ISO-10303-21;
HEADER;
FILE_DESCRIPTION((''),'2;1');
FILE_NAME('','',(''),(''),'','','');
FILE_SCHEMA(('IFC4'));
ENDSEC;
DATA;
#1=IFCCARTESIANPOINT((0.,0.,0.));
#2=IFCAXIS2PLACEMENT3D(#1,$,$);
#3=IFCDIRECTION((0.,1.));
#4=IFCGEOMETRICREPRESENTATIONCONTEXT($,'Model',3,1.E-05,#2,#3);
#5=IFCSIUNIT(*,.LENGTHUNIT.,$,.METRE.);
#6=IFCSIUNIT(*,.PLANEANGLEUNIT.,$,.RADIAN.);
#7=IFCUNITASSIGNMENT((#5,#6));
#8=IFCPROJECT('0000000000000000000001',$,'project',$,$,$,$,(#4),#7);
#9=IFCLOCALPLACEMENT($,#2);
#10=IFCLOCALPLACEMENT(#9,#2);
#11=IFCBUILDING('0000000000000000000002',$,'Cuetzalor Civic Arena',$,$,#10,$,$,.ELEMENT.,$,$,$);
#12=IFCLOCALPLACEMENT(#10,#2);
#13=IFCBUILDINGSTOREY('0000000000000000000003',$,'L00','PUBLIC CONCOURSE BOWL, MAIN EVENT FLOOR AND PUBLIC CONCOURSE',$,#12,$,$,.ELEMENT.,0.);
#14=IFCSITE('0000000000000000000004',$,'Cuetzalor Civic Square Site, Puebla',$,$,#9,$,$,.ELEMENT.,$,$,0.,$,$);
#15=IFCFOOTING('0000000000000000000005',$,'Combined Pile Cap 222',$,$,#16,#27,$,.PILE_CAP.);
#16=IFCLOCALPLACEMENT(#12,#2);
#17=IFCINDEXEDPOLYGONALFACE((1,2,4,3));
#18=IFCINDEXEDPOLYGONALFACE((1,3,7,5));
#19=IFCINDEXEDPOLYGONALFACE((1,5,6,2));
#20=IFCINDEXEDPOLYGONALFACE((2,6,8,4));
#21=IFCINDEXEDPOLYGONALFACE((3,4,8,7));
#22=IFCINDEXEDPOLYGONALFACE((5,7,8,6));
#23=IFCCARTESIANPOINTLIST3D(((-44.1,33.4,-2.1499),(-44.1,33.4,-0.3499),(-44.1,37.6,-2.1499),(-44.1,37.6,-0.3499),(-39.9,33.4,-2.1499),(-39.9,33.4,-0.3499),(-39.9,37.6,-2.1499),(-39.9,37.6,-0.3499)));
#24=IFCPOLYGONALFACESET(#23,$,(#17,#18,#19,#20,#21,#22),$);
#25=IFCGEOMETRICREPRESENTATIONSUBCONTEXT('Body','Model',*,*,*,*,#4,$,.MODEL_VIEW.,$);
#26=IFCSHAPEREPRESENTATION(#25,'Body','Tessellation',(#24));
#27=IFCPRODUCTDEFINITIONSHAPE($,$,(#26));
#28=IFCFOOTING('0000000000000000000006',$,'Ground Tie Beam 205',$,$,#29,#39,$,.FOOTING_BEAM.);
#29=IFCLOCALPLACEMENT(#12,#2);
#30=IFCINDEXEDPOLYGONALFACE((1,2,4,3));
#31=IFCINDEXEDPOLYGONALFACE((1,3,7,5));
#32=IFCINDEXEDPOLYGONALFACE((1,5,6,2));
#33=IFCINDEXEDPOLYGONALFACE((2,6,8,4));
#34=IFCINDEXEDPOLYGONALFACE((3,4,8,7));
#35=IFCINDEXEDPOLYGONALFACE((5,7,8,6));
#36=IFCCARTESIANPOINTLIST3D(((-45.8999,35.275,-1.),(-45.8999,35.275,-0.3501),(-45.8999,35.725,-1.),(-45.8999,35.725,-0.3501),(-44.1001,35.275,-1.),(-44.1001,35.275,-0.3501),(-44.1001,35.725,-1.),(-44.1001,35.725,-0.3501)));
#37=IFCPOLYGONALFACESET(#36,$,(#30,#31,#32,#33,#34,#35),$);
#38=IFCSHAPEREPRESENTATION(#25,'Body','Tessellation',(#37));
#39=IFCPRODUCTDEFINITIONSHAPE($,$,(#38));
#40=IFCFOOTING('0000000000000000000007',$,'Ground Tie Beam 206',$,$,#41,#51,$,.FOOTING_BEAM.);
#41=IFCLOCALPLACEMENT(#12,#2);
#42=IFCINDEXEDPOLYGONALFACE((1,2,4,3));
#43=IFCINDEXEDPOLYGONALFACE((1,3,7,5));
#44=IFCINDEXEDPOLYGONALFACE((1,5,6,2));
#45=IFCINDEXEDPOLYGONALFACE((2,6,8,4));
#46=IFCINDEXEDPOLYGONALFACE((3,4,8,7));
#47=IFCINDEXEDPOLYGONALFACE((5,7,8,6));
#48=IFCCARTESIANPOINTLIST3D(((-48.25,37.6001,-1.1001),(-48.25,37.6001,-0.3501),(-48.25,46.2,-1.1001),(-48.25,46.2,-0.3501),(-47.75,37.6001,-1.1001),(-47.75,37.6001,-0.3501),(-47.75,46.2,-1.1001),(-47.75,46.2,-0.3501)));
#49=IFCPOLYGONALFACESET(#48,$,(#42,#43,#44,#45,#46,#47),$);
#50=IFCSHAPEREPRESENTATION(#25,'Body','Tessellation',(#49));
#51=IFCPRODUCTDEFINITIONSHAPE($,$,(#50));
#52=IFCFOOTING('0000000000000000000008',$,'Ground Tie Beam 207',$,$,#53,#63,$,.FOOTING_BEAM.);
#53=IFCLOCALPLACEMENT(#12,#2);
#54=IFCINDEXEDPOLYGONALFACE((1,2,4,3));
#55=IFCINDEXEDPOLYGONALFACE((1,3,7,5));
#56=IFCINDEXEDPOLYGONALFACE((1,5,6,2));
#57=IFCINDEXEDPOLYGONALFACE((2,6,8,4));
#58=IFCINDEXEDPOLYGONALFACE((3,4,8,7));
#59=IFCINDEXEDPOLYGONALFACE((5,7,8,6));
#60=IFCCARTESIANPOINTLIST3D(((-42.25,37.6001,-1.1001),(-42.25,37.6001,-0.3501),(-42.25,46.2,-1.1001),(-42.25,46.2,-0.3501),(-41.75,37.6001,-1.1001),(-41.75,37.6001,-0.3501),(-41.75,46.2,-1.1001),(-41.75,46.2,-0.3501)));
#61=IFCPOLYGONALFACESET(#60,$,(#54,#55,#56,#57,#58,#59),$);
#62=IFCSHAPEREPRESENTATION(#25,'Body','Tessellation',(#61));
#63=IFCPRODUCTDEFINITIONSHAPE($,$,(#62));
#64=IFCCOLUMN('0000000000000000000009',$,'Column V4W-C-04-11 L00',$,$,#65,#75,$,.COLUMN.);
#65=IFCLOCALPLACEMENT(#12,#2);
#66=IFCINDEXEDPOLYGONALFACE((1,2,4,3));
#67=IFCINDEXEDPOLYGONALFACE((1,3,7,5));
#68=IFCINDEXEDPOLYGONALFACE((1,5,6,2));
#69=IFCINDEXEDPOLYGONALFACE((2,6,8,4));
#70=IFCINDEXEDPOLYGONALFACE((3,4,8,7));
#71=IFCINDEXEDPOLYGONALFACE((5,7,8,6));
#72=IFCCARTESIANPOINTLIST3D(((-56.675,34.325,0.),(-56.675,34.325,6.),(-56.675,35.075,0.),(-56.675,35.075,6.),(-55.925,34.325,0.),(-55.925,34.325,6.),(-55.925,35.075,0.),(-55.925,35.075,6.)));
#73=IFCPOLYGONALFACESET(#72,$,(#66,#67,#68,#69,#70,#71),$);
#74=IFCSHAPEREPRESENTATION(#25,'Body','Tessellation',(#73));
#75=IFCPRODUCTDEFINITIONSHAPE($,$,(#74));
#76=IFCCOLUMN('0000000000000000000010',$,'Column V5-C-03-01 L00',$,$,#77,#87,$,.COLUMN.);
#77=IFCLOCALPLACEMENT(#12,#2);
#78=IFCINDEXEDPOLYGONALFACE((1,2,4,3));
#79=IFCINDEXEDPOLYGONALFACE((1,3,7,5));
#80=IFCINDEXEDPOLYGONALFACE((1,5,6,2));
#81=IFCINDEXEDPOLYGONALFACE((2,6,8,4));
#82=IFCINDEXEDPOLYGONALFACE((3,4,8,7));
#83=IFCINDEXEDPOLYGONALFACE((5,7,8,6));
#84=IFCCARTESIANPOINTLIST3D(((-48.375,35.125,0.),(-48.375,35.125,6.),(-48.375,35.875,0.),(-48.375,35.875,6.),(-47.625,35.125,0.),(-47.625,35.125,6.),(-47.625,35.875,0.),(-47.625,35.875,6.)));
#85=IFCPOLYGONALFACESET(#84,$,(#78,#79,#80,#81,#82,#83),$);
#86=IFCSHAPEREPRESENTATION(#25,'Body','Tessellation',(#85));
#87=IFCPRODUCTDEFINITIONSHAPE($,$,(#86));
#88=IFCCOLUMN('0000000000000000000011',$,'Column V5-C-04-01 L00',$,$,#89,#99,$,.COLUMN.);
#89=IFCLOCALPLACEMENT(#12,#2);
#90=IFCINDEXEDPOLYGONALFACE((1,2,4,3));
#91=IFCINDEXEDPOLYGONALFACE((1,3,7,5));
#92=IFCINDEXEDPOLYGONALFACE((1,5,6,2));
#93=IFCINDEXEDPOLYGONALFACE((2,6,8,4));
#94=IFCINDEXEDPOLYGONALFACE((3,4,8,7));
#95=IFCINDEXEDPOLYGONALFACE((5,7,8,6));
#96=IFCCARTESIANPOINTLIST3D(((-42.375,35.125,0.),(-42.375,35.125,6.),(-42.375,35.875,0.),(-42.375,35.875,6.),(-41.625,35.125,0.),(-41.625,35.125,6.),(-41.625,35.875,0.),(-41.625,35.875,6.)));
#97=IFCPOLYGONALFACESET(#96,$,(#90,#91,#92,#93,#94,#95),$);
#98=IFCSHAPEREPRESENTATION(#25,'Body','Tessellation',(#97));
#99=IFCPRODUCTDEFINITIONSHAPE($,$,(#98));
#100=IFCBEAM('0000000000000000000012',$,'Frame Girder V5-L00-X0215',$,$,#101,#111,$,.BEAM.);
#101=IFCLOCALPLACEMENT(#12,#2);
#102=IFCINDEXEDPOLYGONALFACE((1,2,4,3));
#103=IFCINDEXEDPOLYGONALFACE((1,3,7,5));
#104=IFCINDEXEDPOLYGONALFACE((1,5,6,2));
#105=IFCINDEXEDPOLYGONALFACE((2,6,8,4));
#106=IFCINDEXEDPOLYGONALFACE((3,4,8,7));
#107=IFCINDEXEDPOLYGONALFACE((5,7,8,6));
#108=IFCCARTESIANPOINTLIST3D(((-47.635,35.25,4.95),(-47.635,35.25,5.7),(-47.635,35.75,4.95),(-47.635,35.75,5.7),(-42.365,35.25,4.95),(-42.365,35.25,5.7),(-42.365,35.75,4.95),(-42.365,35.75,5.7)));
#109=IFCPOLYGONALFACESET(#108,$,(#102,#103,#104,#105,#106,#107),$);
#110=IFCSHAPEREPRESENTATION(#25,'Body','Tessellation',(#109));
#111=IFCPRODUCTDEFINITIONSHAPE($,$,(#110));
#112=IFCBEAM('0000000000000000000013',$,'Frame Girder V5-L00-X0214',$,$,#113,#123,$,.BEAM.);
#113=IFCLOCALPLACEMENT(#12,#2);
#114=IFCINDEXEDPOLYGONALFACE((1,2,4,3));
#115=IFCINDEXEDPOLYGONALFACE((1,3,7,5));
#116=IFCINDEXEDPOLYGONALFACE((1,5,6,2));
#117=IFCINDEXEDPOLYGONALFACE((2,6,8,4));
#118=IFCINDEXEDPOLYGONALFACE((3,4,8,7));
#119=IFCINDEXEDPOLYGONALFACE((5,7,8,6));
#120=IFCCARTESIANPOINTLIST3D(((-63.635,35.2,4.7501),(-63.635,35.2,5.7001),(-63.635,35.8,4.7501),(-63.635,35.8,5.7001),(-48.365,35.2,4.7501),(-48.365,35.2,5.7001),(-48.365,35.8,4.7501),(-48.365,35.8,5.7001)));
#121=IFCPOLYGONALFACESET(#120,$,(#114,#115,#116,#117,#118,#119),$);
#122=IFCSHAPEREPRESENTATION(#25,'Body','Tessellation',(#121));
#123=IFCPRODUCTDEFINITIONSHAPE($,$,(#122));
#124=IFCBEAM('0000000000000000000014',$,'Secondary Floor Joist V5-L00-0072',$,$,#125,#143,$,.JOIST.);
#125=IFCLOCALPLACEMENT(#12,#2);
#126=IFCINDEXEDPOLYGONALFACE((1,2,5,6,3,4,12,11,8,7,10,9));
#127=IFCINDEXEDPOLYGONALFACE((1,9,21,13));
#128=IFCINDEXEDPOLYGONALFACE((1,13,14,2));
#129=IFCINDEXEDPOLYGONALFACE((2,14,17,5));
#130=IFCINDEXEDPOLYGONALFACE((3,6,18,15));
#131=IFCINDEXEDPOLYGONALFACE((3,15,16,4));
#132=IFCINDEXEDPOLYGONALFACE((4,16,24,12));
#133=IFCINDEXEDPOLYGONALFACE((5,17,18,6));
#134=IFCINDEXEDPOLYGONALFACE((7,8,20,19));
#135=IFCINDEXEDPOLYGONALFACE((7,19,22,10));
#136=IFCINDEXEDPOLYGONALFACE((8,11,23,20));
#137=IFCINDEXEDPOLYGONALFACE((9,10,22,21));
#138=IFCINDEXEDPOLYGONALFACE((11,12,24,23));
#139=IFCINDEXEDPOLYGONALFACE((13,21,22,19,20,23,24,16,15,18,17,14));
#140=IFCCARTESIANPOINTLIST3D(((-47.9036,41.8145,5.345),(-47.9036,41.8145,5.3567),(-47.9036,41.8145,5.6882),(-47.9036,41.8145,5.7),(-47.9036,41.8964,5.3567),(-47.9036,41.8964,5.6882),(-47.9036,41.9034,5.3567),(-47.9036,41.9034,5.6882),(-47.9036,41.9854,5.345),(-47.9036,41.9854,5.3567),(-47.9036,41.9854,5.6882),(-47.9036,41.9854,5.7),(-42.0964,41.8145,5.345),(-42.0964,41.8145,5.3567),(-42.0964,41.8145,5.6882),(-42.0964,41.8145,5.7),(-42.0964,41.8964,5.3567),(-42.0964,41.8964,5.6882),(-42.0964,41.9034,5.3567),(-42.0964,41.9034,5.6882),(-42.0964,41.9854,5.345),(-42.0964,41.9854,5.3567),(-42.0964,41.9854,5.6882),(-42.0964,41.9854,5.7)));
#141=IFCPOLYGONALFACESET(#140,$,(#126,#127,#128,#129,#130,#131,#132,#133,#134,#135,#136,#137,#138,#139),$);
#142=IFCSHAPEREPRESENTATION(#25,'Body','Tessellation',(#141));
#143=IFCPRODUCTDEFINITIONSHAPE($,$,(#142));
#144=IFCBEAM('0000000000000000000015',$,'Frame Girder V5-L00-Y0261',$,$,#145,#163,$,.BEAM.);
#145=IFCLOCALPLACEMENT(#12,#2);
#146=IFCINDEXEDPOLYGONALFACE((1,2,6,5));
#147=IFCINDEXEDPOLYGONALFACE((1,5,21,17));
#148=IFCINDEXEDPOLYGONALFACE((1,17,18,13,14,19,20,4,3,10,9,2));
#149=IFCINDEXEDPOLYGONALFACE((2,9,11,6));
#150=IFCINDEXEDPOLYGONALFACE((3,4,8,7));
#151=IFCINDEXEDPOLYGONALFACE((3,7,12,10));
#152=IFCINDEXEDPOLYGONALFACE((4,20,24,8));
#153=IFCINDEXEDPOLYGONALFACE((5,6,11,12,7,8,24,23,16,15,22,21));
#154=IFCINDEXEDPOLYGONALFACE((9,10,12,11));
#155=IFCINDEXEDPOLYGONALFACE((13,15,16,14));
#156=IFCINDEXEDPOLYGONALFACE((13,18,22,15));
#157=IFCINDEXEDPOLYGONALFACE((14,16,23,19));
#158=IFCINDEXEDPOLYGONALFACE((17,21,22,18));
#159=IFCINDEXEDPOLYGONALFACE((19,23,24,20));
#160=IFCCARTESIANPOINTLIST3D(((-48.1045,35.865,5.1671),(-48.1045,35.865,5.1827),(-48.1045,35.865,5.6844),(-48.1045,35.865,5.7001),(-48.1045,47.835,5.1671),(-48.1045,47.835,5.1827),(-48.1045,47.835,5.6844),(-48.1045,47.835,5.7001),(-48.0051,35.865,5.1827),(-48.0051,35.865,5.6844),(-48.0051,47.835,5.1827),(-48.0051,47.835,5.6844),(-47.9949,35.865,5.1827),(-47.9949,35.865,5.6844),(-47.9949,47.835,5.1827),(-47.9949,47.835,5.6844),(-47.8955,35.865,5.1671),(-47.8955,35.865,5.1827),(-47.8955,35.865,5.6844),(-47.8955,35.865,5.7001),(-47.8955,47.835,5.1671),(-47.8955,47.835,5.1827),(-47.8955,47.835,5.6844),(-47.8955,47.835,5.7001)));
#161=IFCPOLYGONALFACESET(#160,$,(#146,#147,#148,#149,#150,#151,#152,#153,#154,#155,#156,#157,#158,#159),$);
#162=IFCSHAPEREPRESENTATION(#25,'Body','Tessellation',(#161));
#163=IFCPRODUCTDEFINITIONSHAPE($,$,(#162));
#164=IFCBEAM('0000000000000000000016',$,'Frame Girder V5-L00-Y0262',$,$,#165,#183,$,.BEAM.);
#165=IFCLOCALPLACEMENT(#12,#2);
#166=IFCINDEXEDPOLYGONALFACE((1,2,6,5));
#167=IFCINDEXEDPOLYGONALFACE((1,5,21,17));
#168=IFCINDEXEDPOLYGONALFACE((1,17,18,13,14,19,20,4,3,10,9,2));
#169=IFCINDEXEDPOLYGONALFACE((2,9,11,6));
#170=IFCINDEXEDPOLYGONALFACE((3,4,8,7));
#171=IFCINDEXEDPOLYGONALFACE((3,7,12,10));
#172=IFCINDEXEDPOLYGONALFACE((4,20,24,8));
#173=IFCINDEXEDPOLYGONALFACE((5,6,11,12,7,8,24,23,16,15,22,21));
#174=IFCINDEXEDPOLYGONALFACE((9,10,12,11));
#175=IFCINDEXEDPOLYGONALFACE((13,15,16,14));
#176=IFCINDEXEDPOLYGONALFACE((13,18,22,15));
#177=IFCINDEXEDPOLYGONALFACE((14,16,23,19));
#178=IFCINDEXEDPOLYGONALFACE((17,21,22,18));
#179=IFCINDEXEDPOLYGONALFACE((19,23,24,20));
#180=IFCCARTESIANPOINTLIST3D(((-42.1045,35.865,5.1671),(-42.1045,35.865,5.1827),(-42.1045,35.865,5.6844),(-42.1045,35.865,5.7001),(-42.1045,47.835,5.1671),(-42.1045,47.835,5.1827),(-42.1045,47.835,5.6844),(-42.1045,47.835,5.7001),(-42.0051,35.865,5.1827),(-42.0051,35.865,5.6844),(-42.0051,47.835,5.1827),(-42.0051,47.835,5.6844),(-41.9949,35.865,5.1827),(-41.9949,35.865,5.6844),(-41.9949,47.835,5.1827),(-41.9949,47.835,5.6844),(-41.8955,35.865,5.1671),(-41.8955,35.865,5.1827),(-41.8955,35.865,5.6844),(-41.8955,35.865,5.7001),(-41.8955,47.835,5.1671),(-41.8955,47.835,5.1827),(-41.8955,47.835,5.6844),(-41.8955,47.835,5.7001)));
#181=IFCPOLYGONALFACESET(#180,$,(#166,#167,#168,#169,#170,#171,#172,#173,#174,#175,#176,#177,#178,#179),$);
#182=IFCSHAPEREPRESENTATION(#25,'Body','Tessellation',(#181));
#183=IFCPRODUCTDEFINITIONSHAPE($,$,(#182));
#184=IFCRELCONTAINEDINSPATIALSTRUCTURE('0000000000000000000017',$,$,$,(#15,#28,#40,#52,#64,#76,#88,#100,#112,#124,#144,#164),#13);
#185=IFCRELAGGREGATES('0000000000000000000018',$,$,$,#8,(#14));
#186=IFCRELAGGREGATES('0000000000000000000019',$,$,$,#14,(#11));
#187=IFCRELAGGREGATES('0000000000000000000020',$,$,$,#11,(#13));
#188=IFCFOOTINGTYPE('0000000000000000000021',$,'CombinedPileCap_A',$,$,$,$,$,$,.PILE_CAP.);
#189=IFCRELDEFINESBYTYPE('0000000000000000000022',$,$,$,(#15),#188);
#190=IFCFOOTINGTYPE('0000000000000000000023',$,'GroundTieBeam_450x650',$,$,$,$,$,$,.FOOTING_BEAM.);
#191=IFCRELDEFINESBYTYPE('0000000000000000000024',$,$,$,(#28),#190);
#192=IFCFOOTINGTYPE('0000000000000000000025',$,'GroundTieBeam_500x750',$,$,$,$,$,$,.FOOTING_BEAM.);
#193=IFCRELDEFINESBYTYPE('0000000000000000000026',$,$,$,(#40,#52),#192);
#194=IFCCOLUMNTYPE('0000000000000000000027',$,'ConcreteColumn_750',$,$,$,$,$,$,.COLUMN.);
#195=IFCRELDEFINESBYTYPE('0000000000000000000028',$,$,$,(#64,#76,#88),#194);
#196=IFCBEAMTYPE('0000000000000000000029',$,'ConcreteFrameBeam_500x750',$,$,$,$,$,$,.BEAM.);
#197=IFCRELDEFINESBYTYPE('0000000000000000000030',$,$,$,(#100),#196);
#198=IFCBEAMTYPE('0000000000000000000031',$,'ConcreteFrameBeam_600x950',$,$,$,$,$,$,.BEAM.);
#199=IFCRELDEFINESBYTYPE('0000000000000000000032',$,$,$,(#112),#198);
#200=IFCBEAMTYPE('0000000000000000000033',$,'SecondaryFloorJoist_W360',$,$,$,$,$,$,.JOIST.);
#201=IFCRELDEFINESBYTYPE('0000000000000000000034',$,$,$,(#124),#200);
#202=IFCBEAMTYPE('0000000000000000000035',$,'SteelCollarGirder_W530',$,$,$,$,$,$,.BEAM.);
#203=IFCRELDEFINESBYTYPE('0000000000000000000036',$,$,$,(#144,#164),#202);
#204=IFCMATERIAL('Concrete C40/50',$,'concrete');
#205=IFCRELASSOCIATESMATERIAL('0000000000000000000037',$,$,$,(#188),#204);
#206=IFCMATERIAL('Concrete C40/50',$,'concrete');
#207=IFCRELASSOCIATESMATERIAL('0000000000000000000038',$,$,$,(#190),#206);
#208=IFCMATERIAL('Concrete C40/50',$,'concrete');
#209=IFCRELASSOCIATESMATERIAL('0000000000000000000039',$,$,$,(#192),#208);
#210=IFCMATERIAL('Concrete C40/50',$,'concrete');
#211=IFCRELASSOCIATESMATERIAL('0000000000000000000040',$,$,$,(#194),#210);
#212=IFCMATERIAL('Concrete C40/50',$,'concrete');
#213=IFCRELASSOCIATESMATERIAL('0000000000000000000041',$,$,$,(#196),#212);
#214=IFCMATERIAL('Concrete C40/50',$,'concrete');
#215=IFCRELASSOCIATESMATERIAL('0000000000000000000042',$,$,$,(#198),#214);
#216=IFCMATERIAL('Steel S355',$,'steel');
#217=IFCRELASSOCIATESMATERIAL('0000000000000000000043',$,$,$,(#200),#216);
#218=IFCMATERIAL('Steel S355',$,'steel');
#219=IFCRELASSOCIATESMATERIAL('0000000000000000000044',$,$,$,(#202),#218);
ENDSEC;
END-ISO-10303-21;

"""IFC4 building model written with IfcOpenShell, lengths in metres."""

from ifc_helpers import new_model, si_unit, direction, frame, origin, origin_2d, place, context, subcontext, project, spatial, rectangle, i_section, extrude, material, material_profile, profile_set, type_object, element, save


model = new_model("IFC4")

# Units and contexts
model_context = context("Model", 3, precision=1e-05, world=origin(), true_north=direction((0.0, 1.0)))
body_context = subcontext(model_context, "Body", "Model", "MODEL_VIEW")
ifc_project = project(units=[si_unit("LENGTHUNIT", "METRE"), si_unit("PLANEANGLEUNIT", "RADIAN")], contexts=[model_context])

# Site, building, storey
site_placement = place(None, origin())
site = spatial("IfcSite", under=ifc_project, at=site_placement, Name="Cuetzalor Civic Square Site, Puebla", CompositionType="ELEMENT", RefElevation=0.0)
building_placement = place(site_placement, origin())
building = spatial("IfcBuilding", under=site, at=building_placement, Name="Cuetzalor Civic Arena", CompositionType="ELEMENT")
storey_placement = place(building_placement, origin())
storey = spatial("IfcBuildingStorey", under=building, at=storey_placement, Name="L00", Description="PUBLIC CONCOURSE BOWL, MAIN EVENT FLOOR AND PUBLIC CONCOURSE", CompositionType="ELEMENT", Elevation=0.0)

# Footings
ifc_material_1 = material(Name="Concrete C40/50", Category="concrete")
footing_type_1 = type_object("IfcFootingType", Name="CombinedPileCap_A", PredefinedType="PILE_CAP", material=ifc_material_1)
for number, where, z_axis, x_axis, name in (
    (1, (-42.0, 35.5, -2.1499), (0.0, 0.0, 1.0), (1.0, 0.0, 0.0), "Combined Pile Cap 222"),
):
    element("IfcFooting", number, at=place(storey_placement, frame(where, z_axis=z_axis, x_axis=x_axis)), inside=storey, type_object=footing_type_1, Name=name, PredefinedType="PILE_CAP", context=body_context, shape_type="SweptSolid", body=[
        extrude(rectangle(XDim=4.2, YDim=4.2, at=origin_2d()), origin(), (0.0, 0.0, 1.0), 1.8),
    ])
ifc_material_2 = material(Name="Concrete C40/50", Category="concrete")
ifc_material_profile_1 = material_profile(ifc_material_2, rectangle(XDim=0.45, YDim=0.6499, at=origin_2d()), Name="RC 450x650")
ifc_profile_set_1 = profile_set([ifc_material_profile_1], Name="Concrete C40/50")
footing_type_2 = type_object("IfcFootingType", Name="GroundTieBeam_450x650", PredefinedType="FOOTING_BEAM", material=ifc_profile_set_1)
footing_placement = place(storey_placement, frame((-45.8999, 35.5, -0.675), z_axis=(1.0, 0.0, 0.0), x_axis=(0.0, 1.0, 0.0)))
element("IfcFooting", 2, at=footing_placement, inside=storey, type_object=footing_type_2, Name="Ground Tie Beam 205", PredefinedType="FOOTING_BEAM", context=body_context, shape_type="SweptSolid", body=[
    extrude(rectangle(XDim=0.45, YDim=0.6499, at=origin_2d()), origin(), (0.0, 0.0, 1.0), 1.7998),
])
ifc_material_3 = material(Name="Concrete C40/50", Category="concrete")
ifc_material_profile_2 = material_profile(ifc_material_3, rectangle(XDim=0.5, YDim=0.75, at=origin_2d()), Name="RC 500x750")
ifc_profile_set_2 = profile_set([ifc_material_profile_2], Name="Concrete C40/50")
footing_type_3 = type_object("IfcFootingType", Name="GroundTieBeam_500x750", PredefinedType="FOOTING_BEAM", material=ifc_profile_set_2)
for number, where, z_axis, x_axis, name in (
    (3, (-48.0, 37.6001, -0.7251), (0.0, 1.0, 0.0), (-1.0, 0.0, 0.0), "Ground Tie Beam 206"),
    (4, (-42.0, 37.6001, -0.7251), (0.0, 1.0, 0.0), (-1.0, 0.0, 0.0), "Ground Tie Beam 207"),
):
    element("IfcFooting", number, at=place(storey_placement, frame(where, z_axis=z_axis, x_axis=x_axis)), inside=storey, type_object=footing_type_3, Name=name, PredefinedType="FOOTING_BEAM", context=body_context, shape_type="SweptSolid", body=[
        extrude(rectangle(XDim=0.5, YDim=0.75, at=origin_2d()), origin(), (0.0, 0.0, 1.0), 8.5999),
    ])

# Columns
ifc_material_4 = material(Name="Concrete C40/50", Category="concrete")
ifc_material_profile_3 = material_profile(ifc_material_4, rectangle(XDim=0.75, YDim=0.75, at=origin_2d()), Name="RC 750x750")
ifc_profile_set_3 = profile_set([ifc_material_profile_3], Name="Concrete C40/50")
column_type = type_object("IfcColumnType", Name="ConcreteColumn_750", PredefinedType="COLUMN", material=ifc_profile_set_3)
for number, where, z_axis, x_axis, name in (
    (5, (-56.3, 34.7, 0.0), (0.0, 0.0, 1.0), (1.0, 0.0, 0.0), "Column V4W-C-04-11 L00"),
    (6, (-48.0, 35.5, 0.0), (0.0, 0.0, 1.0), (1.0, 0.0, 0.0), "Column V5-C-03-01 L00"),
    (7, (-42.0, 35.5, 0.0), (0.0, 0.0, 1.0), (1.0, 0.0, 0.0), "Column V5-C-04-01 L00"),
):
    element("IfcColumn", number, at=place(storey_placement, frame(where, z_axis=z_axis, x_axis=x_axis)), inside=storey, type_object=column_type, Name=name, PredefinedType="COLUMN", context=body_context, shape_type="SweptSolid", body=[
        extrude(rectangle(XDim=0.75, YDim=0.75, at=origin_2d()), origin(), (0.0, 0.0, 1.0), 6.0),
    ])

# Beams
ifc_material_5 = material(Name="Concrete C40/50", Category="concrete")
ifc_material_profile_4 = material_profile(ifc_material_5, rectangle(XDim=0.5, YDim=0.75, at=origin_2d()), Name="RC 500x750")
ifc_profile_set_4 = profile_set([ifc_material_profile_4], Name="Concrete C40/50")
beam_type_1 = type_object("IfcBeamType", Name="ConcreteFrameBeam_500x750", PredefinedType="BEAM", material=ifc_profile_set_4)
beam_1_placement = place(storey_placement, frame((-47.635, 35.5, 5.325), z_axis=(1.0, 0.0, 0.0), x_axis=(0.0, 1.0, 0.0)))
element("IfcBeam", 8, at=beam_1_placement, inside=storey, type_object=beam_type_1, Name="Frame Girder V5-L00-X0215", PredefinedType="BEAM", context=body_context, shape_type="SweptSolid", body=[
    extrude(rectangle(XDim=0.5, YDim=0.75, at=origin_2d()), origin(), (0.0, 0.0, 1.0), 5.27),
])
ifc_material_6 = material(Name="Concrete C40/50", Category="concrete")
ifc_material_profile_5 = material_profile(ifc_material_6, rectangle(XDim=0.6001, YDim=0.95, at=origin_2d()), Name="RC 600x950")
ifc_profile_set_5 = profile_set([ifc_material_profile_5], Name="Concrete C40/50")
beam_type_2 = type_object("IfcBeamType", Name="ConcreteFrameBeam_600x950", PredefinedType="BEAM", material=ifc_profile_set_5)
beam_2_placement = place(storey_placement, frame((-63.635, 35.5, 5.2251), z_axis=(1.0, 0.0, 0.0), x_axis=(0.0, 1.0, 0.0)))
element("IfcBeam", 9, at=beam_2_placement, inside=storey, type_object=beam_type_2, Name="Frame Girder V5-L00-X0214", PredefinedType="BEAM", context=body_context, shape_type="SweptSolid", body=[
    extrude(rectangle(XDim=0.6001, YDim=0.95, at=origin_2d()), origin(), (0.0, 0.0, 1.0), 15.27),
])
ifc_material_7 = material(Name="Steel S355", Category="steel")
ifc_material_profile_6 = material_profile(ifc_material_7, i_section(OverallWidth=0.1709, OverallDepth=0.355, WebThickness=0.0071, FlangeThickness=0.0117, at=origin_2d()), Name="W360x51")
ifc_profile_set_6 = profile_set([ifc_material_profile_6], Name="Steel S355")
beam_type_3 = type_object("IfcBeamType", Name="SecondaryFloorJoist_W360", PredefinedType="JOIST", material=ifc_profile_set_6)
beam_3_placement = place(storey_placement, frame((-47.9036, 41.8999, 5.5225), z_axis=(1.0, 0.0, 0.0), x_axis=(0.0, 1.0, 0.0)))
element("IfcBeam", 10, at=beam_3_placement, inside=storey, type_object=beam_type_3, Name="Secondary Floor Joist V5-L00-0072", PredefinedType="JOIST", context=body_context, shape_type="SweptSolid", body=[
    extrude(i_section(OverallWidth=0.1709, OverallDepth=0.355, WebThickness=0.0071, FlangeThickness=0.0117, at=origin_2d()), origin(), (0.0, 0.0, 1.0), 5.8071),
])
ifc_material_8 = material(Name="Steel S355", Category="steel")
ifc_material_profile_7 = material_profile(ifc_material_8, i_section(OverallWidth=0.209, OverallDepth=0.533, WebThickness=0.0103, FlangeThickness=0.0156, at=origin_2d()), Name="W530x92")
ifc_profile_set_7 = profile_set([ifc_material_profile_7], Name="Steel S355")
beam_type_4 = type_object("IfcBeamType", Name="SteelCollarGirder_W530", PredefinedType="BEAM", material=ifc_profile_set_7)
for number, where, z_axis, x_axis, name in (
    (11, (-48.0, 35.865, 5.4336), (0.0, 1.0, 0.0), (-1.0, 0.0, 0.0), "Frame Girder V5-L00-Y0261"),
    (12, (-42.0, 35.865, 5.4336), (0.0, 1.0, 0.0), (-1.0, 0.0, 0.0), "Frame Girder V5-L00-Y0262"),
):
    element("IfcBeam", number, at=place(storey_placement, frame(where, z_axis=z_axis, x_axis=x_axis)), inside=storey, type_object=beam_type_4, Name=name, PredefinedType="BEAM", context=body_context, shape_type="SweptSolid", body=[
        extrude(i_section(OverallWidth=0.209, OverallDepth=0.533, WebThickness=0.0103, FlangeThickness=0.0156, at=origin_2d()), origin(), (0.0, 0.0, 1.0), 11.97),
    ])

save(model, "model.ifc")
